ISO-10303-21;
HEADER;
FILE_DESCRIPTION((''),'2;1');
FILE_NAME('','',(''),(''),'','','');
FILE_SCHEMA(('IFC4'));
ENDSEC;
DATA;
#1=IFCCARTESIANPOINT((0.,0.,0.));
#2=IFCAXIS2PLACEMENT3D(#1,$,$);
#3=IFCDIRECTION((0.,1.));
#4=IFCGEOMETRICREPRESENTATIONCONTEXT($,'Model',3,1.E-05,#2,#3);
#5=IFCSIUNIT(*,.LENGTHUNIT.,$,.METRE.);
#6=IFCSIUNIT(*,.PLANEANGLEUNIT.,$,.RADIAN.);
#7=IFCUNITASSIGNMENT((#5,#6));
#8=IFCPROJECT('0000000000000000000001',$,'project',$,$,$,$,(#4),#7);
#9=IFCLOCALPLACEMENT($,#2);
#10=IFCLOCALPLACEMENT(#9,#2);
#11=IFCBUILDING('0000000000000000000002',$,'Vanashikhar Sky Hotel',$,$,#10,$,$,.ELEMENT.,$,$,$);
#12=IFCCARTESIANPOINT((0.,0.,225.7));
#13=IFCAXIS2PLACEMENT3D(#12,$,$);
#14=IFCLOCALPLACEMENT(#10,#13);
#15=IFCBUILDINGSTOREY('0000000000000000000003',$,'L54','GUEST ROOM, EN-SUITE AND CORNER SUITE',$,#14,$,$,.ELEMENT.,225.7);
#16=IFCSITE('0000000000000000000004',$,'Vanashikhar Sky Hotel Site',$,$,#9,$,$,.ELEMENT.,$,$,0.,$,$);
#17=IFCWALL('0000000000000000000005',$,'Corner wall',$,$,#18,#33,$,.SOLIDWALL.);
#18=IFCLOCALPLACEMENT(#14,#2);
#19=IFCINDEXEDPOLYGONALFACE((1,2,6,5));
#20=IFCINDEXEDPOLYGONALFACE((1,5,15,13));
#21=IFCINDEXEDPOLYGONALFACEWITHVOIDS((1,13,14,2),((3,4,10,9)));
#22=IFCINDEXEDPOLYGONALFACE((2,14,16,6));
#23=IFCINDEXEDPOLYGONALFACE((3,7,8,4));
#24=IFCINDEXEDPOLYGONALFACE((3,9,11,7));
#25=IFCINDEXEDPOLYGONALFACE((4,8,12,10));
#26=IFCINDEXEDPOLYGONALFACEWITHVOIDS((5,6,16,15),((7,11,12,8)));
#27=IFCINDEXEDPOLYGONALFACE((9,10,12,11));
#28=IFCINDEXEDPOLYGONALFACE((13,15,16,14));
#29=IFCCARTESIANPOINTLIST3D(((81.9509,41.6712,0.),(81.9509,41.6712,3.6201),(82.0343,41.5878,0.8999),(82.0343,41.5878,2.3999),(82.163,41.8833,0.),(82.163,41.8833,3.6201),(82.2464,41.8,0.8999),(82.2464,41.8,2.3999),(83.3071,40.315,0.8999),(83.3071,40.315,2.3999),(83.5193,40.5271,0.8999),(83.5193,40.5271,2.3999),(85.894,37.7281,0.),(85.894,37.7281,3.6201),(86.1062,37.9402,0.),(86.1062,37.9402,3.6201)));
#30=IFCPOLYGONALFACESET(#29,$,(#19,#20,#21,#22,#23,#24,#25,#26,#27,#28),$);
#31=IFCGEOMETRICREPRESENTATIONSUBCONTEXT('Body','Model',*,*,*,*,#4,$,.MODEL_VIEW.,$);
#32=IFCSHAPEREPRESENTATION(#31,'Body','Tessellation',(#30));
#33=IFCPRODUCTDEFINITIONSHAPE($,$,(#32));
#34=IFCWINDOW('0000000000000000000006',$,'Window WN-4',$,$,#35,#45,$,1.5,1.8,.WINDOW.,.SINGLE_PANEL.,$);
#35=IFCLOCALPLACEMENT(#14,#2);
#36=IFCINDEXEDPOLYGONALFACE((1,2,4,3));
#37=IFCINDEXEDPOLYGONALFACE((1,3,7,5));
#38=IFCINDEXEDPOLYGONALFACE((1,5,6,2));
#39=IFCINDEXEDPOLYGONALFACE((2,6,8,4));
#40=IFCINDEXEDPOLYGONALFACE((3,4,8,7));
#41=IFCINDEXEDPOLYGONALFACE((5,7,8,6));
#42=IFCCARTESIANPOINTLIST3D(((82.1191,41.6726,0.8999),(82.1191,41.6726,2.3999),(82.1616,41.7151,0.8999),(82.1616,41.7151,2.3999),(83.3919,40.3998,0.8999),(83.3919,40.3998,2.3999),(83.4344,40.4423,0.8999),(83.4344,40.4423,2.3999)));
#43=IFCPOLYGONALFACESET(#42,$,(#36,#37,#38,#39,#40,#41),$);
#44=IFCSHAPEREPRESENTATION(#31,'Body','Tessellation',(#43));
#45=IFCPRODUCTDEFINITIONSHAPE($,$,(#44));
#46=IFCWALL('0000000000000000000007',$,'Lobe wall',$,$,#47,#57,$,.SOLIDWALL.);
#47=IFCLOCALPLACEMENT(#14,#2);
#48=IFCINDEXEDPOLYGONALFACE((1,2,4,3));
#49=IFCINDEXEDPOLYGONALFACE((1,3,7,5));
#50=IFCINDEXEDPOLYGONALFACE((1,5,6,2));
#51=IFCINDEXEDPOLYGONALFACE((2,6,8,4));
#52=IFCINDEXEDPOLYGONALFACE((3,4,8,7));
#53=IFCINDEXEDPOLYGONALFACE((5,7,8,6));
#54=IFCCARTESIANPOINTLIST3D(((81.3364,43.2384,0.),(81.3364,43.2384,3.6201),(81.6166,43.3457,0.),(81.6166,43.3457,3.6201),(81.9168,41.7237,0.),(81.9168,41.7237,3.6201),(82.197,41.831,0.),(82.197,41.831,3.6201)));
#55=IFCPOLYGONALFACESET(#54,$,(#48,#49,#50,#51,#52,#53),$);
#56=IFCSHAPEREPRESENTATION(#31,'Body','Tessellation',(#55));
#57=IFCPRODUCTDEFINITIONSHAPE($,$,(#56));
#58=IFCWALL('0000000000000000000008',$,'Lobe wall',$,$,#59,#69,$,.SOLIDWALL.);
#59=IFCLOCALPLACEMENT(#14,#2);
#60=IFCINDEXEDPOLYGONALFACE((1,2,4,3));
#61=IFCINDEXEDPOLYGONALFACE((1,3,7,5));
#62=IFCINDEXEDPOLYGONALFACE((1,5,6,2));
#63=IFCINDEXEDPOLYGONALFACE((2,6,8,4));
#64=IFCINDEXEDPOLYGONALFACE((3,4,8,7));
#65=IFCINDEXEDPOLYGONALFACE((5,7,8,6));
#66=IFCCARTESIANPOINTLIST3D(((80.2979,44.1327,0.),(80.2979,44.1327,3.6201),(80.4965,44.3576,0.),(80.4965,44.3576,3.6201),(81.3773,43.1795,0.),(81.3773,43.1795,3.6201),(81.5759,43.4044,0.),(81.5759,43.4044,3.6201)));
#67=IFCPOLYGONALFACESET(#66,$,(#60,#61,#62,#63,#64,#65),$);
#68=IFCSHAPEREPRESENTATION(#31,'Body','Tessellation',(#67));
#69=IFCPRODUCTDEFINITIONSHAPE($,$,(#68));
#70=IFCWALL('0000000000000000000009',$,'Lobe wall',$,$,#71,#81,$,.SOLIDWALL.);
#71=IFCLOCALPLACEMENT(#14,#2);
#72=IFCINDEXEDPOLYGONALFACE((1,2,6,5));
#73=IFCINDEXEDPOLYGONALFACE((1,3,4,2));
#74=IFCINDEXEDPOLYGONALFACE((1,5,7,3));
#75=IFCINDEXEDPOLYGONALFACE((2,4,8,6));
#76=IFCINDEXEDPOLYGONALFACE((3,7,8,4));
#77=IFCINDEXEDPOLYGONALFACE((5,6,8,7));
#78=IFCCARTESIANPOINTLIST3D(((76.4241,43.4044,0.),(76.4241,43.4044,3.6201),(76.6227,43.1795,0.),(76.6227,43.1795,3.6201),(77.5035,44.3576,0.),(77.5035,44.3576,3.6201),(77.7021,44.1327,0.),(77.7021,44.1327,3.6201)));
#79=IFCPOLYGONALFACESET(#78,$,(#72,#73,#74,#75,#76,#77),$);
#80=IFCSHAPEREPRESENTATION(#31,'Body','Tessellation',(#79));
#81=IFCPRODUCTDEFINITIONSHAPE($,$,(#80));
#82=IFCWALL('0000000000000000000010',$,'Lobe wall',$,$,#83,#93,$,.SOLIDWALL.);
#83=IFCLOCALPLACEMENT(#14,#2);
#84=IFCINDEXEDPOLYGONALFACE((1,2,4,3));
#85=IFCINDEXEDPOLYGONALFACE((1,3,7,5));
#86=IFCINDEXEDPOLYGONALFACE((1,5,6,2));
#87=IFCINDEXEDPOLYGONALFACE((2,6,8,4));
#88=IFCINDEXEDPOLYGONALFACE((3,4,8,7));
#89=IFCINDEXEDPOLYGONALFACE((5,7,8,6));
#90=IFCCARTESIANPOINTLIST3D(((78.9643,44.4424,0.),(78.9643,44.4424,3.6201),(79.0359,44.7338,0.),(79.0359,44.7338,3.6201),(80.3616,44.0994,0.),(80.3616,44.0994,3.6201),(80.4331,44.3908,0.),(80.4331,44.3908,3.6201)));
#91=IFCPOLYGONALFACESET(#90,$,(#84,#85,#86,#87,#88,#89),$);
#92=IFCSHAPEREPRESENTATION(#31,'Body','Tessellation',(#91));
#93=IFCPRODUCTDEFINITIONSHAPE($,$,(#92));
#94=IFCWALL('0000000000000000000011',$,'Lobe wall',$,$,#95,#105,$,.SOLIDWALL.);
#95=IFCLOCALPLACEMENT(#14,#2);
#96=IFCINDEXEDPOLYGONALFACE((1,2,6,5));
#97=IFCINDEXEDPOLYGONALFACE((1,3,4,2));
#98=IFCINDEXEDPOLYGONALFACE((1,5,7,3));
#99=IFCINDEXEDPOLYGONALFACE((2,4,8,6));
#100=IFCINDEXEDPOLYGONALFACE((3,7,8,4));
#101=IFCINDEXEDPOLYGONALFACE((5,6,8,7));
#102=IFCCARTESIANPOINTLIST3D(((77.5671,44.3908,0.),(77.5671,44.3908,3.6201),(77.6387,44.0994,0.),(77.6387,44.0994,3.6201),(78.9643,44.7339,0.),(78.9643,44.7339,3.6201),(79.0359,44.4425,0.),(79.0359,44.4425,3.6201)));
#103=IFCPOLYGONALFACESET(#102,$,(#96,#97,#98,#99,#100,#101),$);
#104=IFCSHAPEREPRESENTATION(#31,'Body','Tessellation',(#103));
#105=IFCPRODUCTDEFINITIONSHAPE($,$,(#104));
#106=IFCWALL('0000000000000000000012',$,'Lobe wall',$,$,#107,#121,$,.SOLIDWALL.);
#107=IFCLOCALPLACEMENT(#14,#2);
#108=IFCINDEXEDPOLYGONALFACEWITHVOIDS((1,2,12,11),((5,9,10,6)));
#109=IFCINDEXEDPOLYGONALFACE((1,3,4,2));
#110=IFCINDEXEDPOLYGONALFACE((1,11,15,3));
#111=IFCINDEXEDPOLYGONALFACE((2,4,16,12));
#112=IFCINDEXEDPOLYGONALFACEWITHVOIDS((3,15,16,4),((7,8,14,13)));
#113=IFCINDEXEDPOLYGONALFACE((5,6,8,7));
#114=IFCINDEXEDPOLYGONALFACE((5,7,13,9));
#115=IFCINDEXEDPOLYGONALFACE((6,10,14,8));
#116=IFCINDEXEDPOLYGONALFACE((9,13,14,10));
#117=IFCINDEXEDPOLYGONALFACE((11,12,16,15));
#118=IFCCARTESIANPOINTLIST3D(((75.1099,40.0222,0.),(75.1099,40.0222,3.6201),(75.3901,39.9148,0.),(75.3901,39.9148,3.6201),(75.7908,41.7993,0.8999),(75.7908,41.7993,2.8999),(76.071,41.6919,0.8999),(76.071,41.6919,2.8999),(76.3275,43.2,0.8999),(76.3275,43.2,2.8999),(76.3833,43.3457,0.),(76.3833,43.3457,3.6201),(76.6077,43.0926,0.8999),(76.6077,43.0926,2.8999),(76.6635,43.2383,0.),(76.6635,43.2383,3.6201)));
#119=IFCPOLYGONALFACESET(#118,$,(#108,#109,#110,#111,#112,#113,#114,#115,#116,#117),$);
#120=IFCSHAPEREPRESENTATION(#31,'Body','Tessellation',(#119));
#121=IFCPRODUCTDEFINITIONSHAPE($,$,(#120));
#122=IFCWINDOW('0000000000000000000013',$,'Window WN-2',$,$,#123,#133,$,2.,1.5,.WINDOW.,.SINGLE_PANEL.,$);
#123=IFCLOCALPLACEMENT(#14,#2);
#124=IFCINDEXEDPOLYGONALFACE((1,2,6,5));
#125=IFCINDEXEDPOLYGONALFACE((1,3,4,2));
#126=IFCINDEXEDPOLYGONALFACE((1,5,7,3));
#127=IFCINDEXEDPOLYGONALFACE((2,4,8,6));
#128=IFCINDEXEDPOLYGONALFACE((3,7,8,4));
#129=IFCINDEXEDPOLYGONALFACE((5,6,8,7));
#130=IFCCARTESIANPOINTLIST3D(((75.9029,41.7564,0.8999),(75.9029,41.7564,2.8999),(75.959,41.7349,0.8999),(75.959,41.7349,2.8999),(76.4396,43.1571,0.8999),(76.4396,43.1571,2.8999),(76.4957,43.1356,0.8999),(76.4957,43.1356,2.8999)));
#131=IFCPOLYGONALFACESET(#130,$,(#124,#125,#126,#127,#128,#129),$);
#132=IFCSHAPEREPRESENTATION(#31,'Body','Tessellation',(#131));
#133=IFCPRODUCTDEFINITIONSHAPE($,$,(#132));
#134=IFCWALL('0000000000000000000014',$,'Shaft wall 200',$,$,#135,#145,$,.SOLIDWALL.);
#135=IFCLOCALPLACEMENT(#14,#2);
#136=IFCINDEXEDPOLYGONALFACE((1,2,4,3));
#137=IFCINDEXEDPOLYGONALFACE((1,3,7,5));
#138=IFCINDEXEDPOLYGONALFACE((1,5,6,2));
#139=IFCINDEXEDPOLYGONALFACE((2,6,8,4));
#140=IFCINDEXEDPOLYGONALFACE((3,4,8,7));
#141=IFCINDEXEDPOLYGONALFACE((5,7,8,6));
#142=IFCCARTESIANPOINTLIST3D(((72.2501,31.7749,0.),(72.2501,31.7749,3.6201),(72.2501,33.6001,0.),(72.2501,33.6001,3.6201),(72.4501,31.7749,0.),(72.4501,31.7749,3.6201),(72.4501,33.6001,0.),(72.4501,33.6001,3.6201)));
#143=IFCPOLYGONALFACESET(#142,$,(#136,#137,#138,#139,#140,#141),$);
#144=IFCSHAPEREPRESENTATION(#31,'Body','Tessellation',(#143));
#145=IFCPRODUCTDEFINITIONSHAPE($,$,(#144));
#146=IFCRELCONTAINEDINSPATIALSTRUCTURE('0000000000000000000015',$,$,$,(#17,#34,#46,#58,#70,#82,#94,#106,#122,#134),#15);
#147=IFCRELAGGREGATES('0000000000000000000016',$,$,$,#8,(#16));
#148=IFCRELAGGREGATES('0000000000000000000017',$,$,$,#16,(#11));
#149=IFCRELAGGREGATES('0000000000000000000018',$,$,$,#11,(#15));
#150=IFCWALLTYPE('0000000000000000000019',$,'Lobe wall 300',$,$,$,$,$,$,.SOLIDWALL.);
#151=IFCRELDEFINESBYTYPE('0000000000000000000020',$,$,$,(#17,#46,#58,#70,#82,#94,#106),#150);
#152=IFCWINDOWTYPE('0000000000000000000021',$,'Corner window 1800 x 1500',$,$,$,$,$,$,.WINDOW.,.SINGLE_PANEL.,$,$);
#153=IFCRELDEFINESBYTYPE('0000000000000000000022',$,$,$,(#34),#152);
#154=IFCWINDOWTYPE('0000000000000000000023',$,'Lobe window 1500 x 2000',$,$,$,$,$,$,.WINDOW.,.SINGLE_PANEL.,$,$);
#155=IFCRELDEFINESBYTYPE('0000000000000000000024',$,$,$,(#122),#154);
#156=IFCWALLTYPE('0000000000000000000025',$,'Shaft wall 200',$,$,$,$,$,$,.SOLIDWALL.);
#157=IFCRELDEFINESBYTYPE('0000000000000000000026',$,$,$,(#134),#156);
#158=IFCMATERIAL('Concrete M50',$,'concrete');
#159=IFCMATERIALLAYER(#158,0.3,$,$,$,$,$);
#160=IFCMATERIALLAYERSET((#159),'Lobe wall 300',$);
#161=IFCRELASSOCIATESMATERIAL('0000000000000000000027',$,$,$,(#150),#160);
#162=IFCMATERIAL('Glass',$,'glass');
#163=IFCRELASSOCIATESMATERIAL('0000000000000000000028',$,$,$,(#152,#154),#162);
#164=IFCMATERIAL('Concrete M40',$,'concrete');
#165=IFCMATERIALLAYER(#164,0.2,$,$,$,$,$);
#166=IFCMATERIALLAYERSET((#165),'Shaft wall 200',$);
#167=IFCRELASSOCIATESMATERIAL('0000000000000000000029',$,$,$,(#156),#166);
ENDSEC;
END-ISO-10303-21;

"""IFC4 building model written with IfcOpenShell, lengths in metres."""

from ifc_helpers import new_model, si_unit, direction, frame, frame_2d, origin, place, context, subcontext, project, spatial, rectangle, extrude, source, transform, mapped, material, layer, layer_set, type_object, element, fill, save


model = new_model("IFC4")

# Units and contexts
model_context = context("Model", 3, precision=1e-05, world=origin(), true_north=direction((0.0, 1.0)))
body_context = subcontext(model_context, "Body", "Model", "MODEL_VIEW")
ifc_project = project(units=[si_unit("LENGTHUNIT", "METRE"), si_unit("PLANEANGLEUNIT", "RADIAN")], contexts=[model_context])

# Site, building, storey
site_placement = place(None, origin())
site = spatial("IfcSite", under=ifc_project, at=site_placement, Name="Vanashikhar Sky Hotel Site", CompositionType="ELEMENT", RefElevation=0.0)
building_placement = place(site_placement, origin())
building = spatial("IfcBuilding", under=site, at=building_placement, Name="Vanashikhar Sky Hotel", CompositionType="ELEMENT")
storey_placement = place(building_placement, frame((0.0, 0.0, 225.7)))
storey = spatial("IfcBuildingStorey", under=building, at=storey_placement, Name="L54", Description="GUEST ROOM, EN-SUITE AND CORNER SUITE", CompositionType="ELEMENT", Elevation=225.7)

# Wall, opening, window
ifc_material_1 = material(Name="Concrete M50", Category="concrete")
ifc_layer_1 = layer(ifc_material_1, 0.3)
ifc_layer_set_1 = layer_set([ifc_layer_1], Name="Lobe wall 300")
wall_type_1 = type_object("IfcWallType", Name="Lobe wall 300", PredefinedType="SOLIDWALL", material=ifc_layer_set_1)
shared_shape_1 = source(origin(), body_context, "Body", "SweptSolid", [
    extrude(rectangle(XDim=5.5764, YDim=0.3, at=frame_2d((2.7881, 0.0))), origin(), (0.0, 0.0, 1.0), 3.6201),
])
wall_1_placement = place(storey_placement, frame((86.0, 37.8342, 0.0), z_axis=(0.0, 0.0, 1.0), x_axis=(-0.707107, 0.707107, 0.0)))
wall_1 = element("IfcWall", 1, at=wall_1_placement, inside=storey, type_object=wall_type_1, Name="Corner wall", PredefinedType="SOLIDWALL", context=body_context, shape_type="MappedRepresentation", body=[
    mapped(shared_shape_1, transform((0.0, 0.0, 0.0), scale=1.0)),
])
shared_shape_2 = source(origin(), body_context, "Body", "SweptSolid", [
    extrude(rectangle(XDim=1.8, YDim=1.5, at=frame_2d((0.8999, 0.75))), frame((0.0, 0.1602, 0.0), z_axis=(0.0, -1.0, 0.0), x_axis=(1.0, 0.0, 0.0)), (0.0, 0.0, 1.0), 0.3201),
])
opening_1_placement = place(wall_1_placement, frame((3.6584, 0.0, 0.8999)))
opening_1 = element("IfcOpeningElement", 2, at=opening_1_placement, cuts=wall_1, PredefinedType="OPENING", context=body_context, shape_type="MappedRepresentation", body=[
    mapped(shared_shape_2, transform((0.0, 0.0, 0.0), scale=1.0)),
])
ifc_material_2 = material(Name="Glass", Category="glass")
window_type_1 = type_object("IfcWindowType", Name="Corner window 1800 x 1500", PartitioningType="SINGLE_PANEL", PredefinedType="WINDOW", material=ifc_material_2)
shared_shape_3 = source(origin(), body_context, "Body", "SweptSolid", [
    extrude(rectangle(XDim=1.8, YDim=1.5, at=frame_2d((0.8999, 0.75))), frame((0.0, 0.03, 0.0), z_axis=(0.0, -1.0, 0.0), x_axis=(1.0, 0.0, 0.0)), (0.0, 0.0, 1.0), 0.0601),
])
window_1_placement = place(opening_1_placement, origin())
window_1 = element("IfcWindow", 3, at=window_1_placement, inside=storey, type_object=window_type_1, Name="Window WN-4", OverallHeight=1.5, OverallWidth=1.8, PartitioningType="SINGLE_PANEL", PredefinedType="WINDOW", context=body_context, shape_type="MappedRepresentation", body=[
    mapped(shared_shape_3, transform((0.0, 0.0, 0.0), scale=1.0)),
])
fill(opening_1, window_1)

# Walls
shared_shape_4 = source(origin(), body_context, "Body", "SweptSolid", [
    extrude(rectangle(XDim=1.6221, YDim=0.3, at=frame_2d((0.811, 0.0))), origin(), (0.0, 0.0, 1.0), 3.6201),
])
wall_2_placement = place(storey_placement, frame((82.0569, 41.7773, 0.0), z_axis=(0.0, 0.0, 1.0), x_axis=(-0.357779, 0.933806, 0.0)))
element("IfcWall", 4, at=wall_2_placement, inside=storey, type_object=wall_type_1, Name="Lobe wall", PredefinedType="SOLIDWALL", context=body_context, shape_type="MappedRepresentation", body=[
    mapped(shared_shape_4, transform((0.0, 0.0, 0.0), scale=1.0)),
])
shared_shape_5 = source(origin(), body_context, "Body", "SweptSolid", [
    extrude(rectangle(XDim=1.4399, YDim=0.3, at=frame_2d((0.72, 0.0))), origin(), (0.0, 0.0, 1.0), 3.6201),
])
for number, where, z_axis, x_axis, name in (
    (5, (81.4766, 43.292, 0.0), (0.0, 0.0, 1.0), (-0.749576, 0.661919, 0.0), "Lobe wall"),
    (6, (77.6028, 44.2451, 0.0), (0.0, 0.0, 1.0), (-0.749576, -0.661919, 0.0), "Lobe wall"),
):
    element("IfcWall", number, at=place(storey_placement, frame(where, z_axis=z_axis, x_axis=x_axis)), inside=storey, type_object=wall_type_1, Name=name, PredefinedType="SOLIDWALL", context=body_context, shape_type="MappedRepresentation", body=[
        mapped(shared_shape_5, transform((0.0, 0.0, 0.0), scale=1.0)),
    ])
shared_shape_6 = source(origin(), body_context, "Body", "SweptSolid", [
    extrude(rectangle(XDim=1.4387, YDim=0.3, at=frame_2d((0.7192, 0.0))), origin(), (0.0, 0.0, 1.0), 3.6201),
])
for number, where, z_axis, x_axis, name in (
    (7, (80.3972, 44.2451, 0.0), (0.0, 0.0, 1.0), (-0.971162, 0.238421, 0.0), "Lobe wall"),
    (8, (79.0, 44.5881, 0.0), (0.0, 0.0, 1.0), (-0.971162, -0.238421, 0.0), "Lobe wall"),
):
    element("IfcWall", number, at=place(storey_placement, frame(where, z_axis=z_axis, x_axis=x_axis)), inside=storey, type_object=wall_type_1, Name=name, PredefinedType="SOLIDWALL", context=body_context, shape_type="MappedRepresentation", body=[
        mapped(shared_shape_6, transform((0.0, 0.0, 0.0), scale=1.0)),
    ])

# Wall, opening, window
shared_shape_7 = source(origin(), body_context, "Body", "SweptSolid", [
    extrude(rectangle(XDim=3.5591, YDim=0.3, at=frame_2d((1.7795, 0.0))), origin(), (0.0, 0.0, 1.0), 3.6201),
])
wall_3_placement = place(storey_placement, frame((76.5234, 43.292, 0.0), z_axis=(0.0, 0.0, 1.0), x_axis=(-0.357797, -0.933799, 0.0)))
wall_3 = element("IfcWall", 9, at=wall_3_placement, inside=storey, type_object=wall_type_1, Name="Lobe wall", PredefinedType="SOLIDWALL", context=body_context, shape_type="MappedRepresentation", body=[
    mapped(shared_shape_7, transform((0.0, 0.0, 0.0), scale=1.0)),
])
shared_shape_8 = source(origin(), body_context, "Body", "SweptSolid", [
    extrude(rectangle(XDim=1.5, YDim=2.0, at=frame_2d((0.75, 1.0))), frame((0.0, 0.1602, 0.0), z_axis=(0.0, -1.0, 0.0), x_axis=(1.0, 0.0, 0.0)), (0.0, 0.0, 1.0), 0.3201),
])
opening_2_placement = place(wall_3_placement, frame((0.156, 0.0, 0.8999)))
opening_2 = element("IfcOpeningElement", 10, at=opening_2_placement, cuts=wall_3, PredefinedType="OPENING", context=body_context, shape_type="MappedRepresentation", body=[
    mapped(shared_shape_8, transform((0.0, 0.0, 0.0), scale=1.0)),
])
window_type_2 = type_object("IfcWindowType", Name="Lobe window 1500 x 2000", PartitioningType="SINGLE_PANEL", PredefinedType="WINDOW", material=ifc_material_2)
shared_shape_9 = source(origin(), body_context, "Body", "SweptSolid", [
    extrude(rectangle(XDim=1.5, YDim=2.0, at=frame_2d((0.75, 1.0))), frame((0.0, 0.03, 0.0), z_axis=(0.0, -1.0, 0.0), x_axis=(1.0, 0.0, 0.0)), (0.0, 0.0, 1.0), 0.0601),
])
window_2_placement = place(opening_2_placement, origin())
window_2 = element("IfcWindow", 11, at=window_2_placement, inside=storey, type_object=window_type_2, Name="Window WN-2", OverallHeight=2.0, OverallWidth=1.5, PartitioningType="SINGLE_PANEL", PredefinedType="WINDOW", context=body_context, shape_type="MappedRepresentation", body=[
    mapped(shared_shape_9, transform((0.0, 0.0, 0.0), scale=1.0)),
])
fill(opening_2, window_2)

# Wall
ifc_material_3 = material(Name="Concrete M40", Category="concrete")
ifc_layer_2 = layer(ifc_material_3, 0.2)
ifc_layer_set_2 = layer_set([ifc_layer_2], Name="Shaft wall 200")
wall_type_2 = type_object("IfcWallType", Name="Shaft wall 200", PredefinedType="SOLIDWALL", material=ifc_layer_set_2)
shared_shape_10 = source(origin(), body_context, "Body", "SweptSolid", [
    extrude(rectangle(XDim=1.8252, YDim=0.2, at=frame_2d((0.9126, 0.0))), origin(), (0.0, 0.0, 1.0), 3.6201),
])
wall_4_placement = place(storey_placement, frame((72.3501, 31.7749, 0.0), z_axis=(0.0, 0.0, 1.0), x_axis=(0.0, 1.0, 0.0)))
element("IfcWall", 12, at=wall_4_placement, inside=storey, type_object=wall_type_2, Name="Shaft wall 200", PredefinedType="SOLIDWALL", context=body_context, shape_type="MappedRepresentation", body=[
    mapped(shared_shape_10, transform((0.0, 0.0, 0.0), scale=1.0)),
])

save(model, "model.ifc")
